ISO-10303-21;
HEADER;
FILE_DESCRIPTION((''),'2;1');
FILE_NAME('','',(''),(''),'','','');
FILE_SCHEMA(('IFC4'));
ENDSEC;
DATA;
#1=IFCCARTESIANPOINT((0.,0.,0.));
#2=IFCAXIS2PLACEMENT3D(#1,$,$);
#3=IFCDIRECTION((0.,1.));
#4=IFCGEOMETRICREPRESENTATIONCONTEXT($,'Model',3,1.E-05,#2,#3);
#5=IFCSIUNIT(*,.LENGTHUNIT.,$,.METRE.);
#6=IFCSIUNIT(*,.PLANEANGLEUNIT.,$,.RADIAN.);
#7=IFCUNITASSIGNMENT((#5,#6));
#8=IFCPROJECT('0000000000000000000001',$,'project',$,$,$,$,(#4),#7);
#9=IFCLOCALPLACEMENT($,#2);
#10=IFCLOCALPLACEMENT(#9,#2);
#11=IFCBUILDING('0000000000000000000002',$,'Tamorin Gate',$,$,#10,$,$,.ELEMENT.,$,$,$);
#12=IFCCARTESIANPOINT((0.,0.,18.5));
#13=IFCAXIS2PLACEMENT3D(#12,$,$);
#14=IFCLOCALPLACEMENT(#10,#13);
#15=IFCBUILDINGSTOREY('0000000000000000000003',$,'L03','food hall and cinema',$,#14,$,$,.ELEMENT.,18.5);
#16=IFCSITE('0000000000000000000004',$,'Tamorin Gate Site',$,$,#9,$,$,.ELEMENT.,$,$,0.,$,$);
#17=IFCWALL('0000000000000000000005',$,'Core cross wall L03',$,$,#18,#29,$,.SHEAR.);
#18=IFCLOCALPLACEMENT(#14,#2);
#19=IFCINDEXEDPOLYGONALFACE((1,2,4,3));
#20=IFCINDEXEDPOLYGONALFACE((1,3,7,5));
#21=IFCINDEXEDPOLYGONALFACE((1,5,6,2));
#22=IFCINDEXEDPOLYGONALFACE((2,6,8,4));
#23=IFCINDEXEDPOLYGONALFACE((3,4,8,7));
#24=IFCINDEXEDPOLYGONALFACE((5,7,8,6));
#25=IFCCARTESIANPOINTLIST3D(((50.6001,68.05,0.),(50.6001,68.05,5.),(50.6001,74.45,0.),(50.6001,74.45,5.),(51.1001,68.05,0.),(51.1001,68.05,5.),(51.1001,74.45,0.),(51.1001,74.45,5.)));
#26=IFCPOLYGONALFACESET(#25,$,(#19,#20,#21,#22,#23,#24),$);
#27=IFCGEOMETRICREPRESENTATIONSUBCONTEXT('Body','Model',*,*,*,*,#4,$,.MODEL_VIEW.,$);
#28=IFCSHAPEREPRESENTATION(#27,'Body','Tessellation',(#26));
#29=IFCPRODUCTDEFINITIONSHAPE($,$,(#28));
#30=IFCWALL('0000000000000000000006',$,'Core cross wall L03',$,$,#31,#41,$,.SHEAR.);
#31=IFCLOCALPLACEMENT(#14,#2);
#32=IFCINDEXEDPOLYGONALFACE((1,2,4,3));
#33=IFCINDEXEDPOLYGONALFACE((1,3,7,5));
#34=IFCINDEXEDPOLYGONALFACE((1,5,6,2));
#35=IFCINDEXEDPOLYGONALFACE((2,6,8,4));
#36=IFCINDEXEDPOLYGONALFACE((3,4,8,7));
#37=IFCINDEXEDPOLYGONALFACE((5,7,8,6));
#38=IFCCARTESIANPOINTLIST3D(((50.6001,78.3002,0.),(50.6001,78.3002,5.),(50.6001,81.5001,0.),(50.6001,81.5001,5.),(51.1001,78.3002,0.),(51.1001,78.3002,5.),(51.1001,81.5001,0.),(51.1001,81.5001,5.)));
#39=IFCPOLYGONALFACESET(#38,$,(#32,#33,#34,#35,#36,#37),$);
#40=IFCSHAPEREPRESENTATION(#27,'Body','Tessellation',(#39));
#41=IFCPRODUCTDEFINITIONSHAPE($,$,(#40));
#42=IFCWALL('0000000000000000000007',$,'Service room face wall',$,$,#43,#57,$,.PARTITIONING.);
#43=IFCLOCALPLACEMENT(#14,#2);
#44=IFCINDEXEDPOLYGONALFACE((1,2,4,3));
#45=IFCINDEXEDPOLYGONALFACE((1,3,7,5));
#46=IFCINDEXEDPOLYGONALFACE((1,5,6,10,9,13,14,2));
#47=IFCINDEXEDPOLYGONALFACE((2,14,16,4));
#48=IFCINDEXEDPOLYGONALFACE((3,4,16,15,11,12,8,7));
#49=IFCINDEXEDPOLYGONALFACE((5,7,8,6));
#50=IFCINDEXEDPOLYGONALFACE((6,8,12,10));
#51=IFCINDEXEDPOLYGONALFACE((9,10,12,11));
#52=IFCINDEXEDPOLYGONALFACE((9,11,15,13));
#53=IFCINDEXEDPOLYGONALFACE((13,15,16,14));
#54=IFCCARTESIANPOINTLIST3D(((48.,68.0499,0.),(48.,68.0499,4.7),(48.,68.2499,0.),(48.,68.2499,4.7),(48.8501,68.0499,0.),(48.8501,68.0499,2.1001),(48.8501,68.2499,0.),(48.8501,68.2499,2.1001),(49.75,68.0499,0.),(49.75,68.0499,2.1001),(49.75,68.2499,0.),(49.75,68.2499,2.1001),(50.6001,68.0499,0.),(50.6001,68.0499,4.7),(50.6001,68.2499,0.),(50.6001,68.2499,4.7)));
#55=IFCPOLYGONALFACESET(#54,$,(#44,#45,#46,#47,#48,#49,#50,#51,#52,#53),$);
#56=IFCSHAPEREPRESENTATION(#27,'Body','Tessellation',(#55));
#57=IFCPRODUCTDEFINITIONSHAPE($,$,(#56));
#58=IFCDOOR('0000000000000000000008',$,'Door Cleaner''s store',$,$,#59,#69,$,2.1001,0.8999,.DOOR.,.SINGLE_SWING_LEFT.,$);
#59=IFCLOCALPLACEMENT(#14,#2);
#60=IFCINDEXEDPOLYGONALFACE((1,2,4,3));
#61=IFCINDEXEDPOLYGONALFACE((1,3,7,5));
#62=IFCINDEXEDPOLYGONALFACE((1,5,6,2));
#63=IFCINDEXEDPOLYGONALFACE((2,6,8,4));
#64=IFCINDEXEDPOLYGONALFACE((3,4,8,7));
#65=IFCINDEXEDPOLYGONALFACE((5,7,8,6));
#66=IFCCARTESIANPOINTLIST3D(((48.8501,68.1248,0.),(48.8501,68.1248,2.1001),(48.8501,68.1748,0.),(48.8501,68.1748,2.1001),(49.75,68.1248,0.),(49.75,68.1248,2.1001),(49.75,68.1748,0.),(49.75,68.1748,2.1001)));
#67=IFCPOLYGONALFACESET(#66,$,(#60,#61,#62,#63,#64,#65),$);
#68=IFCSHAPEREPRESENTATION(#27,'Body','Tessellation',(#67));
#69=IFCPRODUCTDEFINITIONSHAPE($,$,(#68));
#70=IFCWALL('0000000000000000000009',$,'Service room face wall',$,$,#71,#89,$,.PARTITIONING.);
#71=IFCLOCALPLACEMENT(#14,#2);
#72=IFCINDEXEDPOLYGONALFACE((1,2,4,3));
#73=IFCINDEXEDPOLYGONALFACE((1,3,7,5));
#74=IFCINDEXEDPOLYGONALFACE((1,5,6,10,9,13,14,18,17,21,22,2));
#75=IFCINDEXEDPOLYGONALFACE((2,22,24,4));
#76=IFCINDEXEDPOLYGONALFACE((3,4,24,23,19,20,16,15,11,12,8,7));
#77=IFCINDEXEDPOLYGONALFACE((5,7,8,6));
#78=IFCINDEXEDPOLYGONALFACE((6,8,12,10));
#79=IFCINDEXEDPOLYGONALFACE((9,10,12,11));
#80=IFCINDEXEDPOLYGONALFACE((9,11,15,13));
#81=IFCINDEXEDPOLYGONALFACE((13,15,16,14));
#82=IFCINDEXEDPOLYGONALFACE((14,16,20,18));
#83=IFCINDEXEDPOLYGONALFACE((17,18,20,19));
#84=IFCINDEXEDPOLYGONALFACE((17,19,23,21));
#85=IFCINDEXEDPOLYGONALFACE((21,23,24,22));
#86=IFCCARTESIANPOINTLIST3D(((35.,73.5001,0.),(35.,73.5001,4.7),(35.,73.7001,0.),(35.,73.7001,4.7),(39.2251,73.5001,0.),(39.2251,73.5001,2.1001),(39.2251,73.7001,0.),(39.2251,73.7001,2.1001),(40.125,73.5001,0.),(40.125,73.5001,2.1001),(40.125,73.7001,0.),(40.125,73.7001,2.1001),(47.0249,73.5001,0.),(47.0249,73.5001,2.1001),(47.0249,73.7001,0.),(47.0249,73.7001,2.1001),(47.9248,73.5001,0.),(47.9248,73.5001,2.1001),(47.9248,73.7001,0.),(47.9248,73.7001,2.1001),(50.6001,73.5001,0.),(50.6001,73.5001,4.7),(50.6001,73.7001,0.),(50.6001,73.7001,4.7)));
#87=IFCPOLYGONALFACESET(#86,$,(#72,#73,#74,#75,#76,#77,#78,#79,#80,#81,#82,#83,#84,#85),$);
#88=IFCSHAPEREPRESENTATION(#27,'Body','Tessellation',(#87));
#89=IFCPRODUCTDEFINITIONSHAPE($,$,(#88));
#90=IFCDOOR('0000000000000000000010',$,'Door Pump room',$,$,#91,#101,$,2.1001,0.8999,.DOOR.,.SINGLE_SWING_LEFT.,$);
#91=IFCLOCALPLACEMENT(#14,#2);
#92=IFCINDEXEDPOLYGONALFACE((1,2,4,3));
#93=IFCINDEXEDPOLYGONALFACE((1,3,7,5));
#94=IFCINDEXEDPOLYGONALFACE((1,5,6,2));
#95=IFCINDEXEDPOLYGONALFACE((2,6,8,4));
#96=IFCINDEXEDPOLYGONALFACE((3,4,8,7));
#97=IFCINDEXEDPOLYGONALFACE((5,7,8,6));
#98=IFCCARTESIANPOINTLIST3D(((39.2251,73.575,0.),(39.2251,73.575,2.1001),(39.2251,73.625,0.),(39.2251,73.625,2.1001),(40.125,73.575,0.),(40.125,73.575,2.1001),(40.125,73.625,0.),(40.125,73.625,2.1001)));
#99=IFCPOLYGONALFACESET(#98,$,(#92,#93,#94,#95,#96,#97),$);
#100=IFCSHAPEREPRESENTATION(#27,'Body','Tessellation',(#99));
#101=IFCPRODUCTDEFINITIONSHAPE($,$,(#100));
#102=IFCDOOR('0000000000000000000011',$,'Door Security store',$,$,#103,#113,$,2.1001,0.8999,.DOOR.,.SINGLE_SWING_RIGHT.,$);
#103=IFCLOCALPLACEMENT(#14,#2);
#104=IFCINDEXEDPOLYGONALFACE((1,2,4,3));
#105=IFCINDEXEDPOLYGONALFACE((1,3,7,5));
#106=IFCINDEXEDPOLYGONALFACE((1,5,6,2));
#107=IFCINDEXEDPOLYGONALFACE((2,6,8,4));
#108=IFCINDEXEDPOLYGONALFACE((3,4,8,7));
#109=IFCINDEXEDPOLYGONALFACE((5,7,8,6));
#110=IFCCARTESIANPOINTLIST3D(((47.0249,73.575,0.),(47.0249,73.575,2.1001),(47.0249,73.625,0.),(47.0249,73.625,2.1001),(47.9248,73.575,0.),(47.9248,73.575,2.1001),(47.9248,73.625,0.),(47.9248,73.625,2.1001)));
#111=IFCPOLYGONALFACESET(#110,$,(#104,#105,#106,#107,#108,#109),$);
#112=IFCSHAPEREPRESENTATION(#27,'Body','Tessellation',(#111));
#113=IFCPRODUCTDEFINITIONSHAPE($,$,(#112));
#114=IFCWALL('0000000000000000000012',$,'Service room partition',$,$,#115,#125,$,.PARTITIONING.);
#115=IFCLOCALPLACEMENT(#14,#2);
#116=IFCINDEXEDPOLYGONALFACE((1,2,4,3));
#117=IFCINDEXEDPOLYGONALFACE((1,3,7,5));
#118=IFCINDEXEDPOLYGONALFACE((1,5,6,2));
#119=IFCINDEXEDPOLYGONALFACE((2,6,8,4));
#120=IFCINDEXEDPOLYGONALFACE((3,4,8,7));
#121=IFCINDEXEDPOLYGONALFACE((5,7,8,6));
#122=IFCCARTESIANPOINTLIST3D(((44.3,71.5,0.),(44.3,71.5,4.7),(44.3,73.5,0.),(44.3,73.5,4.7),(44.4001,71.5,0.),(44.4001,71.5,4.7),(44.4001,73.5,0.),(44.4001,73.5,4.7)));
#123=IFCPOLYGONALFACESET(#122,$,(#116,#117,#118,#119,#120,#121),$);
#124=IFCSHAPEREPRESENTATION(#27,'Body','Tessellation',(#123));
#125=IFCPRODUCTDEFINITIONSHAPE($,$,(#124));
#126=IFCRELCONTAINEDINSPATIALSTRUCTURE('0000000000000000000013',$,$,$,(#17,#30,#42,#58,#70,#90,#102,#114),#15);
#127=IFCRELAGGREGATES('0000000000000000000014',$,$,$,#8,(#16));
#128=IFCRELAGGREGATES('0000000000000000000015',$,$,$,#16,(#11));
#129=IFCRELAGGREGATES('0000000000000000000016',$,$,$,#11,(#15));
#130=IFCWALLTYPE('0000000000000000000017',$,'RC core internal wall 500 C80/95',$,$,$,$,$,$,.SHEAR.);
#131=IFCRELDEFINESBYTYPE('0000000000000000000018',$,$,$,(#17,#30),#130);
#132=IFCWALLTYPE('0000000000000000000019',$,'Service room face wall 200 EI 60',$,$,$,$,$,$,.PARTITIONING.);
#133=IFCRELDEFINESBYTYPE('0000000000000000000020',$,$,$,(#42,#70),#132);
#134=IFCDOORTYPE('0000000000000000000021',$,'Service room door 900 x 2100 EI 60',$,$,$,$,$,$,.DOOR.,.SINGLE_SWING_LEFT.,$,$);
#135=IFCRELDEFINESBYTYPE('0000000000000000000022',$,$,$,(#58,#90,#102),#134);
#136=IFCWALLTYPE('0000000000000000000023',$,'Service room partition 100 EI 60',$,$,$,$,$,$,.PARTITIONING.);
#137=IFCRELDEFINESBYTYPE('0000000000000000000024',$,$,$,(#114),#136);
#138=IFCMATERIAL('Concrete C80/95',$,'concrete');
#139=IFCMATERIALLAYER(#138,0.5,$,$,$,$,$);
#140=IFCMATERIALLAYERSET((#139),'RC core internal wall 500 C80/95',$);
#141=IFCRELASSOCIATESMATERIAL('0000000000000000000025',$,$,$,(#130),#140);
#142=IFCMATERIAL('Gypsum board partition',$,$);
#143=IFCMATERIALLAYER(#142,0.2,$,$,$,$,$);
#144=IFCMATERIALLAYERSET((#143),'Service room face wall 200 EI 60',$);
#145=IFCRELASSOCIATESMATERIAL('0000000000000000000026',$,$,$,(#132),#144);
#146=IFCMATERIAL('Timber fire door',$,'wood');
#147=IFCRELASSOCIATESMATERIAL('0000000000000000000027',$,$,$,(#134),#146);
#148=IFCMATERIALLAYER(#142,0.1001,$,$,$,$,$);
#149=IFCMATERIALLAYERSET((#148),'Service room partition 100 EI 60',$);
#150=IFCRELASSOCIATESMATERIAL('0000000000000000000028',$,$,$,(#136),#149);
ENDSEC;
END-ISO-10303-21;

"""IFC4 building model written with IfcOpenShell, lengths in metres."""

from ifc_helpers import new_model, si_unit, direction, frame, frame_2d, origin, place, context, subcontext, project, spatial, rectangle, extrude, material, layer, layer_set, type_object, element, fill, save


model = new_model("IFC4")

# Units and contexts
model_context = context("Model", 3, precision=1e-05, world=origin(), true_north=direction((0.0, 1.0)))
body_context = subcontext(model_context, "Body", "Model", "MODEL_VIEW")
ifc_project = project(units=[si_unit("LENGTHUNIT", "METRE"), si_unit("PLANEANGLEUNIT", "RADIAN")], contexts=[model_context])

# Site, building, storey
site_placement = place(None, origin())
site = spatial("IfcSite", under=ifc_project, at=site_placement, Name="Tamorin Gate Site", CompositionType="ELEMENT", RefElevation=0.0)
building_placement = place(site_placement, origin())
building = spatial("IfcBuilding", under=site, at=building_placement, Name="Tamorin Gate", CompositionType="ELEMENT")
storey_placement = place(building_placement, frame((0.0, 0.0, 18.5)))
storey = spatial("IfcBuildingStorey", under=building, at=storey_placement, Name="L03", Description="food hall and cinema", CompositionType="ELEMENT", Elevation=18.5)

# Shared definitions
ifc_material_1 = material(Name="Concrete C80/95", Category="concrete")

# Walls
ifc_layer_1 = layer(ifc_material_1, 0.5)
ifc_layer_set_1 = layer_set([ifc_layer_1], Name="RC core internal wall 500 C80/95")
wall_type_1 = type_object("IfcWallType", Name="RC core internal wall 500 C80/95", PredefinedType="SHEAR", material=ifc_layer_set_1)
wall_1_placement = place(storey_placement, frame((50.8501, 68.05, 0.0), z_axis=(0.0, 0.0, 1.0), x_axis=(0.0, 1.0, 0.0)))
element("IfcWall", 1, at=wall_1_placement, inside=storey, type_object=wall_type_1, Name="Core cross wall L03", PredefinedType="SHEAR", context=body_context, shape_type="SweptSolid", body=[
    extrude(rectangle(XDim=6.3999, YDim=0.5, at=frame_2d((3.2, 0.0))), origin(), (0.0, 0.0, 1.0), 5.0),
])
wall_2_placement = place(storey_placement, frame((50.8501, 78.3, 0.0), z_axis=(0.0, 0.0, 1.0), x_axis=(0.0, 1.0, 0.0)))
element("IfcWall", 2, at=wall_2_placement, inside=storey, type_object=wall_type_1, Name="Core cross wall L03", PredefinedType="SHEAR", context=body_context, shape_type="SweptSolid", body=[
    extrude(rectangle(XDim=3.2, YDim=0.5, at=frame_2d((1.6001, 0.0))), origin(), (0.0, 0.0, 1.0), 5.0),
])

# Wall, opening, door
ifc_material_2 = material(Name="Gypsum board partition")
ifc_layer_2 = layer(ifc_material_2, 0.2)
ifc_layer_set_2 = layer_set([ifc_layer_2], Name="Service room face wall 200 EI 60")
wall_type_2 = type_object("IfcWallType", Name="Service room face wall 200 EI 60", PredefinedType="PARTITIONING", material=ifc_layer_set_2)
wall_3_placement = place(storey_placement, frame((48.0, 68.1499, 0.0), z_axis=(0.0, 0.0, 1.0), x_axis=(1.0, 0.0, 0.0)))
wall_3 = element("IfcWall", 3, at=wall_3_placement, inside=storey, type_object=wall_type_2, Name="Service room face wall", PredefinedType="PARTITIONING", context=body_context, shape_type="SweptSolid", body=[
    extrude(rectangle(XDim=2.6001, YDim=0.2, at=frame_2d((1.3, 0.0))), origin(), (0.0, 0.0, 1.0), 4.7),
])
opening_1_placement = place(wall_3_placement, frame((0.8501, 0.0, 0.0)))
opening_1 = element("IfcOpeningElement", 4, at=opening_1_placement, cuts=wall_3, PredefinedType="OPENING", context=body_context, shape_type="SweptSolid", body=[
    extrude(rectangle(XDim=0.8999, YDim=2.1001, at=frame_2d((0.45, 1.05))), frame((0.0, 0.1099, 0.0), z_axis=(0.0, -1.0, 0.0), x_axis=(1.0, 0.0, 0.0)), (0.0, 0.0, 1.0), 0.22),
])
ifc_material_3 = material(Name="Timber fire door", Category="wood")
door_type_1 = type_object("IfcDoorType", Name="Service room door 900 x 2100 EI 60", OperationType="SINGLE_SWING_LEFT", PredefinedType="DOOR", material=ifc_material_3)
door_1_placement = place(opening_1_placement, origin())
door_1 = element("IfcDoor", 5, at=door_1_placement, inside=storey, type_object=door_type_1, Name="Door Cleaner's store", OperationType="SINGLE_SWING_LEFT", OverallHeight=2.1001, OverallWidth=0.8999, PredefinedType="DOOR", context=body_context, shape_type="SweptSolid", body=[
    extrude(rectangle(XDim=0.8999, YDim=2.1001, at=frame_2d((0.45, 1.05))), frame((0.0, 0.0249, 0.0), z_axis=(0.0, -1.0, 0.0), x_axis=(1.0, 0.0, 0.0)), (0.0, 0.0, 1.0), 0.05),
])
fill(opening_1, door_1)

# Wall, openings, doors
wall_4_placement = place(storey_placement, frame((35.0, 73.6001, 0.0), z_axis=(0.0, 0.0, 1.0), x_axis=(1.0, 0.0, 0.0)))
wall_4 = element("IfcWall", 6, at=wall_4_placement, inside=storey, type_object=wall_type_2, Name="Service room face wall", PredefinedType="PARTITIONING", context=body_context, shape_type="SweptSolid", body=[
    extrude(rectangle(XDim=15.6001, YDim=0.2, at=frame_2d((7.8, 0.0))), origin(), (0.0, 0.0, 1.0), 4.7),
])
opening_2_placement = place(wall_4_placement, frame((4.2251, 0.0, 0.0)))
opening_2 = element("IfcOpeningElement", 7, at=opening_2_placement, cuts=wall_4, PredefinedType="OPENING", context=body_context, shape_type="SweptSolid", body=[
    extrude(rectangle(XDim=0.8999, YDim=2.1001, at=frame_2d((0.45, 1.05))), frame((0.0, 0.1099, 0.0), z_axis=(0.0, -1.0, 0.0), x_axis=(1.0, 0.0, 0.0)), (0.0, 0.0, 1.0), 0.22),
])
opening_3_placement = place(wall_4_placement, frame((12.0249, 0.0, 0.0)))
opening_3 = element("IfcOpeningElement", 8, at=opening_3_placement, cuts=wall_4, PredefinedType="OPENING", context=body_context, shape_type="SweptSolid", body=[
    extrude(rectangle(XDim=0.8999, YDim=2.1001, at=frame_2d((0.45, 1.05))), frame((0.0, 0.1099, 0.0), z_axis=(0.0, -1.0, 0.0), x_axis=(1.0, 0.0, 0.0)), (0.0, 0.0, 1.0), 0.22),
])
door_2_placement = place(opening_2_placement, origin())
door_2 = element("IfcDoor", 9, at=door_2_placement, inside=storey, type_object=door_type_1, Name="Door Pump room", OperationType="SINGLE_SWING_LEFT", OverallHeight=2.1001, OverallWidth=0.8999, PredefinedType="DOOR", context=body_context, shape_type="SweptSolid", body=[
    extrude(rectangle(XDim=0.8999, YDim=2.1001, at=frame_2d((0.45, 1.05))), frame((0.0, 0.0249, 0.0), z_axis=(0.0, -1.0, 0.0), x_axis=(1.0, 0.0, 0.0)), (0.0, 0.0, 1.0), 0.05),
])
fill(opening_2, door_2)
door_3_placement = place(opening_3_placement, origin())
door_3 = element("IfcDoor", 10, at=door_3_placement, inside=storey, type_object=door_type_1, Name="Door Security store", OperationType="SINGLE_SWING_RIGHT", OverallHeight=2.1001, OverallWidth=0.8999, PredefinedType="DOOR", context=body_context, shape_type="SweptSolid", body=[
    extrude(rectangle(XDim=0.8999, YDim=2.1001, at=frame_2d((0.45, 1.05))), frame((0.0, 0.0249, 0.0), z_axis=(0.0, -1.0, 0.0), x_axis=(1.0, 0.0, 0.0)), (0.0, 0.0, 1.0), 0.05),
])
fill(opening_3, door_3)

# Wall
ifc_layer_3 = layer(ifc_material_2, 0.1001)
ifc_layer_set_3 = layer_set([ifc_layer_3], Name="Service room partition 100 EI 60")
wall_type_3 = type_object("IfcWallType", Name="Service room partition 100 EI 60", PredefinedType="PARTITIONING", material=ifc_layer_set_3)
wall_5_placement = place(storey_placement, frame((44.3501, 71.5, 0.0), z_axis=(0.0, 0.0, 1.0), x_axis=(0.0, 1.0, 0.0)))
element("IfcWall", 11, at=wall_5_placement, inside=storey, type_object=wall_type_3, Name="Service room partition", PredefinedType="PARTITIONING", context=body_context, shape_type="SweptSolid", body=[
    extrude(rectangle(XDim=2.0, YDim=0.1001, at=frame_2d((1.0, 0.0))), origin(), (0.0, 0.0, 1.0), 4.7),
])

save(model, "model.ifc")
